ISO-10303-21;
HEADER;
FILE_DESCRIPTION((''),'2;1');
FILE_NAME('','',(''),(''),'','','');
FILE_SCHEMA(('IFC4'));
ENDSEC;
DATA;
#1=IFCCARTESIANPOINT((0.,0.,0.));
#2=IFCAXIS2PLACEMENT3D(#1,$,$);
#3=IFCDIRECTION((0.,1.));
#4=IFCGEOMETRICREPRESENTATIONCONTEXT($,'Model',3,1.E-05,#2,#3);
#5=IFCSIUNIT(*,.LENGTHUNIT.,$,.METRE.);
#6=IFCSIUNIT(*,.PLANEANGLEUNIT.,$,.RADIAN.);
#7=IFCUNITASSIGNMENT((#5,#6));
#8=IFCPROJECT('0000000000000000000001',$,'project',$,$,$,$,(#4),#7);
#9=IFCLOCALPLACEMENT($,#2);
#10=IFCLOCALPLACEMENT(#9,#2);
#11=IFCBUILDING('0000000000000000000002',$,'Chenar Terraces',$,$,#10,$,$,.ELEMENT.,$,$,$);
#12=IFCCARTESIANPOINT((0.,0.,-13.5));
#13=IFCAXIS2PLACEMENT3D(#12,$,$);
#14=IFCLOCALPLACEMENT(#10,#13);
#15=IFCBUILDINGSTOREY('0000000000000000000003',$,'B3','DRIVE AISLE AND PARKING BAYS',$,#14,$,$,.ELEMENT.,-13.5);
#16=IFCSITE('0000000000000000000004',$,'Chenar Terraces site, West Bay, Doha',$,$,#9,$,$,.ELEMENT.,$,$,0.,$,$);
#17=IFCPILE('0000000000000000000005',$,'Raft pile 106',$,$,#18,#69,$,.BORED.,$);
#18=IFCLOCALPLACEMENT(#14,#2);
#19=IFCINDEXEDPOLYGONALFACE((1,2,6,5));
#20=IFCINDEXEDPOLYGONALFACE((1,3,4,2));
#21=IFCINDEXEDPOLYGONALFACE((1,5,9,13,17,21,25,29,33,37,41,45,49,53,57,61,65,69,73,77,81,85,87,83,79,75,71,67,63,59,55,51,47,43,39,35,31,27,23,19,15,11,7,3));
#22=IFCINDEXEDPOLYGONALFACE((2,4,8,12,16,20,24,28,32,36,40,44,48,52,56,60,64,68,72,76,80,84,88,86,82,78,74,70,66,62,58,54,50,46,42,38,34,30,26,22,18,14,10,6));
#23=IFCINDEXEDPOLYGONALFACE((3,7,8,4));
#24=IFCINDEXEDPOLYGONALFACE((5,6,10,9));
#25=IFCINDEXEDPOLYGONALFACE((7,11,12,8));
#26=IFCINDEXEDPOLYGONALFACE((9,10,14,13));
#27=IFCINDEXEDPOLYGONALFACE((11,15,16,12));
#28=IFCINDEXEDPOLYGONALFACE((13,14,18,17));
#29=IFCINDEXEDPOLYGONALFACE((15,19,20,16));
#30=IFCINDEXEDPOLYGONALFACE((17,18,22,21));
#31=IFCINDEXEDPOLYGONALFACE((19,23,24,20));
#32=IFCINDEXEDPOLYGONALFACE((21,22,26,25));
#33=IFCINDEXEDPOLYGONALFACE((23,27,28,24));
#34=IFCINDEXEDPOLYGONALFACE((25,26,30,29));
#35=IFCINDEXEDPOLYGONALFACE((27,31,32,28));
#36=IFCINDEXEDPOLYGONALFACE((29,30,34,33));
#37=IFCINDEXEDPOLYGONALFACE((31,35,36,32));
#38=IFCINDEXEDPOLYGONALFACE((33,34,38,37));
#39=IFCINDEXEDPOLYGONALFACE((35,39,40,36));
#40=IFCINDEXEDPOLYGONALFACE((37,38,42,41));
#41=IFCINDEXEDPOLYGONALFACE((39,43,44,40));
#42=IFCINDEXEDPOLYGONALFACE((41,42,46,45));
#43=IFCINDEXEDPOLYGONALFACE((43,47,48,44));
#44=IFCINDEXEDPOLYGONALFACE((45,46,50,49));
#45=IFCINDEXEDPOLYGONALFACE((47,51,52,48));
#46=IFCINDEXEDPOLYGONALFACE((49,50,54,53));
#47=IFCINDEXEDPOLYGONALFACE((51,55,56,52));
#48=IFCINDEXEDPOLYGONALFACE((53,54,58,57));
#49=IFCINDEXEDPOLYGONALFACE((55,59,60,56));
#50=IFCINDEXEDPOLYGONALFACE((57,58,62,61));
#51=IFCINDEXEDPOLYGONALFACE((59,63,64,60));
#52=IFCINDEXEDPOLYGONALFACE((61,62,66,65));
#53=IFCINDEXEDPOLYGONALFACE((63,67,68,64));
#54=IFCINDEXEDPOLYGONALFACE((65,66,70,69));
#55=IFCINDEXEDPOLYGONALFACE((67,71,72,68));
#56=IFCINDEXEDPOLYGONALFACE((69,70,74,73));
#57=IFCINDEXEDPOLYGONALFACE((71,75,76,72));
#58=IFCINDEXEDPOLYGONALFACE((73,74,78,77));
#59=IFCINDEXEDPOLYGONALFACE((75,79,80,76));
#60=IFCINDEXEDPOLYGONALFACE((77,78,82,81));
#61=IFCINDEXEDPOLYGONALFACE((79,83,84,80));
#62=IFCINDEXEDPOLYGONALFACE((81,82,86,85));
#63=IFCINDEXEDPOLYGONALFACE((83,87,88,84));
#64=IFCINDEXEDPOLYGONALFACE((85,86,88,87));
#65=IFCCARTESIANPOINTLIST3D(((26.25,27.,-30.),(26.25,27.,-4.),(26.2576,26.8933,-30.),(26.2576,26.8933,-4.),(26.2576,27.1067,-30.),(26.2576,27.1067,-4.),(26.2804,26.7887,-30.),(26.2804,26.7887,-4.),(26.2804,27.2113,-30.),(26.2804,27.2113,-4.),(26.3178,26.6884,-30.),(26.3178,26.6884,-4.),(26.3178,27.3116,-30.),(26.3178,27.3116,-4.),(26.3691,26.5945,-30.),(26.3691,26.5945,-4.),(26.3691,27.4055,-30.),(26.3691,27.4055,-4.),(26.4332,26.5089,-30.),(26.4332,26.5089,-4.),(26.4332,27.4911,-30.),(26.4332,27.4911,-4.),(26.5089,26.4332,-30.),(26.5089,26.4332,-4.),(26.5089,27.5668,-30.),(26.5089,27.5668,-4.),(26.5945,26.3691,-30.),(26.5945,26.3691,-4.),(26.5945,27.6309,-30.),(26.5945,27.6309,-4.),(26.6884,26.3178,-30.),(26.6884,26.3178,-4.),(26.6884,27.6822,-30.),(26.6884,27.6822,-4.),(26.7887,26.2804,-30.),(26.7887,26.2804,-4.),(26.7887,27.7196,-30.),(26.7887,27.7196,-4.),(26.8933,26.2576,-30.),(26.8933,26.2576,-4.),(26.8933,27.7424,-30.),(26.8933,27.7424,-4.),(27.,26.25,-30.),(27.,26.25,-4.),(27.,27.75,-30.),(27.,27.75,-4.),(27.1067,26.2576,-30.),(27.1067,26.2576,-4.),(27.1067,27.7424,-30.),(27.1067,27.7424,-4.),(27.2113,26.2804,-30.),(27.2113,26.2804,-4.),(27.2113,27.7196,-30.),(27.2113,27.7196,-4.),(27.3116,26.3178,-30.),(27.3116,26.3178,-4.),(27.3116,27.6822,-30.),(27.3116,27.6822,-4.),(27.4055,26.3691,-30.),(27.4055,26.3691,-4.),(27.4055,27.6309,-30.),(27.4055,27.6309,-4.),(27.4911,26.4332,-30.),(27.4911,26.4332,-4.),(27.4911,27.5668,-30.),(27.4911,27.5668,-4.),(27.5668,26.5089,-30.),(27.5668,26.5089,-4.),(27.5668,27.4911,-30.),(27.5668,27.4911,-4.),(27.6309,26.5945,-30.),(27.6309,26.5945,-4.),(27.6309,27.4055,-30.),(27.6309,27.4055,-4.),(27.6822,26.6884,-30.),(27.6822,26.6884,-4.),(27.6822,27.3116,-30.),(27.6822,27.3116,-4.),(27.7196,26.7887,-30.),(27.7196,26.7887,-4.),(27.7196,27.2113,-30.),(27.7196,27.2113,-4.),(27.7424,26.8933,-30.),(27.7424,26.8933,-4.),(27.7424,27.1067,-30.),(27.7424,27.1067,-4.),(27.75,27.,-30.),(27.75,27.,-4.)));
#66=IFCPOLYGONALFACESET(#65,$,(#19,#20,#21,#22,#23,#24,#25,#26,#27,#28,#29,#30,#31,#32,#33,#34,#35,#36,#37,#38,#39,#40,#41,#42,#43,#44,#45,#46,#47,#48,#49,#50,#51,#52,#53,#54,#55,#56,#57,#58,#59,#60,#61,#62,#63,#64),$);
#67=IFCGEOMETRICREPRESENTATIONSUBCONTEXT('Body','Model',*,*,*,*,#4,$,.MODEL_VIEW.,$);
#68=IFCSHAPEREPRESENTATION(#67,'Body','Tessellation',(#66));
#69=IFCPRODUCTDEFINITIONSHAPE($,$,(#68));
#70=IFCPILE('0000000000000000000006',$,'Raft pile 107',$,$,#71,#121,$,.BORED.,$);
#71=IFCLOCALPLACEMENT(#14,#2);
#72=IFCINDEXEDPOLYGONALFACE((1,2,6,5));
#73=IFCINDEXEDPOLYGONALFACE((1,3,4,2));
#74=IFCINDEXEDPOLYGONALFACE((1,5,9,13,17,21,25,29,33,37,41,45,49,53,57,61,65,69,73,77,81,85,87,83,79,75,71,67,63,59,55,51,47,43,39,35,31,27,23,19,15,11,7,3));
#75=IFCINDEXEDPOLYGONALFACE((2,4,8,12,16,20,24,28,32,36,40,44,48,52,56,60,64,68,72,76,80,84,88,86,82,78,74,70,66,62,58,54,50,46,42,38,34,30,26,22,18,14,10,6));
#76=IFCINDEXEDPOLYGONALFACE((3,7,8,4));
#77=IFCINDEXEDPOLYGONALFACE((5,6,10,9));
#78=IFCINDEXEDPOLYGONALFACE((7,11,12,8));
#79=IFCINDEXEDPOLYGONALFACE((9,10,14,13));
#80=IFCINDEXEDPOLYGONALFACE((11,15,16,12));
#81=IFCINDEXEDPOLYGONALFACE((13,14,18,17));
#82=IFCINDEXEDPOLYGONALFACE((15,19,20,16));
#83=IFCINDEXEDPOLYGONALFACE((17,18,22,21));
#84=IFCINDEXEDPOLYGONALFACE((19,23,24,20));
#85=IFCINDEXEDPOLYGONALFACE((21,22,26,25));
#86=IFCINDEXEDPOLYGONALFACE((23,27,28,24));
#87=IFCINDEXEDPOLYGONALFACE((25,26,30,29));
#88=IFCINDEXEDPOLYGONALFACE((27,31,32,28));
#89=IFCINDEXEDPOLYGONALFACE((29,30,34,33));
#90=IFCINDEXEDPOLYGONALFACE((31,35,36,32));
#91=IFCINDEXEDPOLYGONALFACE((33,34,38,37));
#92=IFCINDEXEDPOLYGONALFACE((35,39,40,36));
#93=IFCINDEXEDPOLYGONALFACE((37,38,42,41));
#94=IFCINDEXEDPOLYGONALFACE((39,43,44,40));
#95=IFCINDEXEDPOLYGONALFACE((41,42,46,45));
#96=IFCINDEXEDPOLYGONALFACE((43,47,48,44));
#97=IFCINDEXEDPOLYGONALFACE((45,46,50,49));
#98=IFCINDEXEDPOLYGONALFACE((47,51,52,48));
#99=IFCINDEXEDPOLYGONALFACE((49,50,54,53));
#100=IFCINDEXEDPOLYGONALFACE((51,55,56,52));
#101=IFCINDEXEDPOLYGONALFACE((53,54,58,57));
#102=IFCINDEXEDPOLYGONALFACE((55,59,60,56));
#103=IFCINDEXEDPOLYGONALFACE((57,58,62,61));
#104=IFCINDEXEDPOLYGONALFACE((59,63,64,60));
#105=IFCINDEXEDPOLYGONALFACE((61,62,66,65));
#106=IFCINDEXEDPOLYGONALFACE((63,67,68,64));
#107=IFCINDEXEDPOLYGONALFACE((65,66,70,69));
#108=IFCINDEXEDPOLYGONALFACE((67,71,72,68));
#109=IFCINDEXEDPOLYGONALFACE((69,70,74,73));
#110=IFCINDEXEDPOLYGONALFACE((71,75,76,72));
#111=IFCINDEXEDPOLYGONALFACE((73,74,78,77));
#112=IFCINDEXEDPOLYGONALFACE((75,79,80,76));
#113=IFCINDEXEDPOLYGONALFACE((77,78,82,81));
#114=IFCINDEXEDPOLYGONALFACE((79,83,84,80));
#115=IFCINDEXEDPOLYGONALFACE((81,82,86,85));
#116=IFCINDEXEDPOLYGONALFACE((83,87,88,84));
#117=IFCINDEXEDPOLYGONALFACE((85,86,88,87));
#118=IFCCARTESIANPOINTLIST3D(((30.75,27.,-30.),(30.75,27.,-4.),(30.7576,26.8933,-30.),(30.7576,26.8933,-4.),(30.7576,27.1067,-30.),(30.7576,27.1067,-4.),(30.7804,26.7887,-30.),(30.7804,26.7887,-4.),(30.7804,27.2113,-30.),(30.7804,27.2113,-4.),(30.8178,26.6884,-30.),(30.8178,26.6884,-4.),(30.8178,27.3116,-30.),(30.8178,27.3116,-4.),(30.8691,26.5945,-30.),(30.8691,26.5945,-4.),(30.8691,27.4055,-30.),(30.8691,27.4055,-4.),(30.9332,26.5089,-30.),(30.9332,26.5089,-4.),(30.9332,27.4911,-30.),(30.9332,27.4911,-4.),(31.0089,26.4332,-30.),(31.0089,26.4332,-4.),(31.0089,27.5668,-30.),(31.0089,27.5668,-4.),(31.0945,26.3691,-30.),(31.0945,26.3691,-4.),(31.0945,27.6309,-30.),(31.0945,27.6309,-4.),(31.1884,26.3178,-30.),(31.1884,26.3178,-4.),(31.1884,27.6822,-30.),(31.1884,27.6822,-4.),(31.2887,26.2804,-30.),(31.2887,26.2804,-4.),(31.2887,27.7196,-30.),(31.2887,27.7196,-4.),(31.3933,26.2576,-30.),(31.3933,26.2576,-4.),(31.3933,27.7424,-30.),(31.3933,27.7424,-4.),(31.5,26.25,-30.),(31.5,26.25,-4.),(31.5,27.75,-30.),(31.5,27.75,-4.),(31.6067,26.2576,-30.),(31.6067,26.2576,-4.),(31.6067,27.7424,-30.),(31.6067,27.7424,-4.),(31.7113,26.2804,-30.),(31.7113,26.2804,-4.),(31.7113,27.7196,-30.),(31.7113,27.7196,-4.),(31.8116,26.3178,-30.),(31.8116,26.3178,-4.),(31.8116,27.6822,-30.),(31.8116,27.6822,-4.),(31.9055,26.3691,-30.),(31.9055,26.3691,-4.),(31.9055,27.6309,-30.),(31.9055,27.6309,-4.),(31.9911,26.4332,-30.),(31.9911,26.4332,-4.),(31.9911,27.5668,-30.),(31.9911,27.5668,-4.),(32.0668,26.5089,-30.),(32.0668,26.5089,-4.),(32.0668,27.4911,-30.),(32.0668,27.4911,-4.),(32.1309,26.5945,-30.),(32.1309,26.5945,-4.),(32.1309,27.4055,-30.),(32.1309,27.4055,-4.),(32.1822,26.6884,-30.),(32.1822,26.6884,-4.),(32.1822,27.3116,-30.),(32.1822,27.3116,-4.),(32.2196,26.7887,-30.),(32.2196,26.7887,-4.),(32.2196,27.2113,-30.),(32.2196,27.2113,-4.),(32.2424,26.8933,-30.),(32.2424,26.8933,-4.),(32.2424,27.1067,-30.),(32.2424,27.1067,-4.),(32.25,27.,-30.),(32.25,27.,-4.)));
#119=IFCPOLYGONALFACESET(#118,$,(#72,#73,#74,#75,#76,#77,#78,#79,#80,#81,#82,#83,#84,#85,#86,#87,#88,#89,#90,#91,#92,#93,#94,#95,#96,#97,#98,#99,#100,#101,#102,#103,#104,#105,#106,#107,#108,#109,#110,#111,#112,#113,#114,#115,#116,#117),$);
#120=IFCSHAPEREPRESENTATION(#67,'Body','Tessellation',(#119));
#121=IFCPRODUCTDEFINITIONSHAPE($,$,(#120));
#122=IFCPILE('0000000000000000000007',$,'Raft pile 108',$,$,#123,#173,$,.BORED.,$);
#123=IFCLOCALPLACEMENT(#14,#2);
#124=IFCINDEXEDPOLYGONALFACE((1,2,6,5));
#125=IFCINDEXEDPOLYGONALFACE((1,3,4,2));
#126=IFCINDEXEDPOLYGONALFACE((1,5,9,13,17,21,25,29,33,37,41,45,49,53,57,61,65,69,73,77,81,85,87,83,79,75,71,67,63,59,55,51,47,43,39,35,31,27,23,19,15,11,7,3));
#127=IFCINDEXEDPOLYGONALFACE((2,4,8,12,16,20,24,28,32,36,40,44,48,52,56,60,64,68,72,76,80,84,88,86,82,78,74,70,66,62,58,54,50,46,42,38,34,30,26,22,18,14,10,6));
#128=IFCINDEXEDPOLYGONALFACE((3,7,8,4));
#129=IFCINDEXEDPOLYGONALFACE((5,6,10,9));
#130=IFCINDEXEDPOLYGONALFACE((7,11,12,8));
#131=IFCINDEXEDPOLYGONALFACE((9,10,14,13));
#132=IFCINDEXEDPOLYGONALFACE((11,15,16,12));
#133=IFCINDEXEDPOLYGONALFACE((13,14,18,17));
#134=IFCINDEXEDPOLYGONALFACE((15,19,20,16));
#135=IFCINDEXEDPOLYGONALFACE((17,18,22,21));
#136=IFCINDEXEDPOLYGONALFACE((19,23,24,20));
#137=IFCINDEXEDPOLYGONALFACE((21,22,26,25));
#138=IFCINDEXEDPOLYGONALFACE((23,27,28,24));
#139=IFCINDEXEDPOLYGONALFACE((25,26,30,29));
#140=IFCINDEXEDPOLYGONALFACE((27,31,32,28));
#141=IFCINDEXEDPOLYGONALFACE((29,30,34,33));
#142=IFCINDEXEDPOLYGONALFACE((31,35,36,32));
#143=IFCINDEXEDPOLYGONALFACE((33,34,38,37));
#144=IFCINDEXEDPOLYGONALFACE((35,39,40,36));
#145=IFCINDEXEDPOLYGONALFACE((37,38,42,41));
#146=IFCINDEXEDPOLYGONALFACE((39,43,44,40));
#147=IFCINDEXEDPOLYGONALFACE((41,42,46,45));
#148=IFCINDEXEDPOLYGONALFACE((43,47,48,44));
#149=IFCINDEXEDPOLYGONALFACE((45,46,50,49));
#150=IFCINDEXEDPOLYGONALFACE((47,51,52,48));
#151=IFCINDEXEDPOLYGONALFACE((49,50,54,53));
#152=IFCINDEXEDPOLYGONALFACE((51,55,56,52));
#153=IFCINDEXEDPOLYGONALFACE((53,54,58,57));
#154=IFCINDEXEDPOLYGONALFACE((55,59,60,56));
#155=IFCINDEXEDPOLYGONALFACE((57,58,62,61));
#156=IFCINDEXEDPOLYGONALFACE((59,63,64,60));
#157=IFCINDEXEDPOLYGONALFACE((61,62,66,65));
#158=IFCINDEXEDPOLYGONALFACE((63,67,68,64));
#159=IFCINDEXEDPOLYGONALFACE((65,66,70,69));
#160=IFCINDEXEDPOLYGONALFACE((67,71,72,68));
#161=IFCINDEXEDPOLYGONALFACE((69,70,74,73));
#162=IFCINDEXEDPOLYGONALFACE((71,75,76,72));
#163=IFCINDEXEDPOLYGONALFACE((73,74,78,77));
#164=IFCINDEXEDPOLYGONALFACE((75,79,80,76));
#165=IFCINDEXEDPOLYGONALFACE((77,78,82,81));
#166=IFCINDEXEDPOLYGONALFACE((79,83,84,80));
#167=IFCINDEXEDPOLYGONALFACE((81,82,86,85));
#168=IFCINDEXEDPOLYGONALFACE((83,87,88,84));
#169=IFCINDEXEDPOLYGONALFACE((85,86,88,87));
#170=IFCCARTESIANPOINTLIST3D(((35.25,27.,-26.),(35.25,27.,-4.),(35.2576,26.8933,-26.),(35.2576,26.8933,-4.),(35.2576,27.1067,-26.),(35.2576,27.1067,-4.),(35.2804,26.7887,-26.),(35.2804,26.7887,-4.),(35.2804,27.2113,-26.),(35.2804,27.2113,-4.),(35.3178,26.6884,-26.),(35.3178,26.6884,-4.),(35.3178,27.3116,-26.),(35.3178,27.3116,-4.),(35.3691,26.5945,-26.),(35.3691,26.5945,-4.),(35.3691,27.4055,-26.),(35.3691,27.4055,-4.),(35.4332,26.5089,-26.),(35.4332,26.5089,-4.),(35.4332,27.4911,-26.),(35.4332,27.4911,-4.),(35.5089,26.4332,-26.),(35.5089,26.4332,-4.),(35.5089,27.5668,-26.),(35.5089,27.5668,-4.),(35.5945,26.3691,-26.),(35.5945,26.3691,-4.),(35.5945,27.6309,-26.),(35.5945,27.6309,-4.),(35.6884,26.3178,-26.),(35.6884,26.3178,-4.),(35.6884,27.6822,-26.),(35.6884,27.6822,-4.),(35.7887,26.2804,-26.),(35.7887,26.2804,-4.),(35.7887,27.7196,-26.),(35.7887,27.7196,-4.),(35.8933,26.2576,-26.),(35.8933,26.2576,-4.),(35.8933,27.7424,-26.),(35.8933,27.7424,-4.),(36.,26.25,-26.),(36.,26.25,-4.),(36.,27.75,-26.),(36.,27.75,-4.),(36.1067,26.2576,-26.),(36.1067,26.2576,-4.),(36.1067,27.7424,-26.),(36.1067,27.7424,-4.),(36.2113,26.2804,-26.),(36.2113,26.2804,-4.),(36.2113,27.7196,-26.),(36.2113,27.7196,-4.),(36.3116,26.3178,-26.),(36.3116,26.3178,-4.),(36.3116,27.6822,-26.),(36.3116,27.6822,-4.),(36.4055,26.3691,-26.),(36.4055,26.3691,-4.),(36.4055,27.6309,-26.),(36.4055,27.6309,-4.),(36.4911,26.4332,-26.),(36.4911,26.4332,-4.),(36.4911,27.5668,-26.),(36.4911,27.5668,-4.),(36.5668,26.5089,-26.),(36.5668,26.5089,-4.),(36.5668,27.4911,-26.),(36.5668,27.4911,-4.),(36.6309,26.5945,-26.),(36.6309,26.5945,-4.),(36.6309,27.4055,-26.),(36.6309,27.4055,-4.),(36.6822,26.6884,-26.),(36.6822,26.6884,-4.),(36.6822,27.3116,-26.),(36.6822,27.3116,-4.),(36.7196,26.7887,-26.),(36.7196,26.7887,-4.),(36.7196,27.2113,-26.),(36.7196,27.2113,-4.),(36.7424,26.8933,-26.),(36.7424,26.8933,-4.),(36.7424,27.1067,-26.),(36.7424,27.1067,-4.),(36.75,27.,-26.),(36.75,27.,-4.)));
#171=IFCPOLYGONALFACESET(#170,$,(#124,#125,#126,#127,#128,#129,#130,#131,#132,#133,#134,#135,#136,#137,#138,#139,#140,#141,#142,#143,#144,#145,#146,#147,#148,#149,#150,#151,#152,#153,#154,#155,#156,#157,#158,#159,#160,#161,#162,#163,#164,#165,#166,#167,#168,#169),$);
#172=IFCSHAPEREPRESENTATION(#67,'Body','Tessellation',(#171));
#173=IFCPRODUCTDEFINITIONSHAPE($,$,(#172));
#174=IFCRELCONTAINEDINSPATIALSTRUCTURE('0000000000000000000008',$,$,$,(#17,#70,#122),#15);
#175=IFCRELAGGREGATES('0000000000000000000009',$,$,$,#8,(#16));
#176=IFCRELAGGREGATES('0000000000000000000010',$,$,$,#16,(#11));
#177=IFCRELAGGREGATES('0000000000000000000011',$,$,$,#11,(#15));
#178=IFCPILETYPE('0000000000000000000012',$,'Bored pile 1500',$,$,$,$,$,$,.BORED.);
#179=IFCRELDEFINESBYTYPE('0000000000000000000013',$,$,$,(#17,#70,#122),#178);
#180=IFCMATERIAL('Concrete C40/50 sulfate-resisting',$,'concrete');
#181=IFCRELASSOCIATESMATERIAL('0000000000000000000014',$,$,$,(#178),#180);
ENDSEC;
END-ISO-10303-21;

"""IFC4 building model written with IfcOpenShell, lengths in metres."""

from ifc_helpers import new_model, si_unit, direction, frame, origin, origin_2d, place, context, subcontext, project, spatial, circle, extrude, material, material_profile, profile_set, type_object, element, save


model = new_model("IFC4")

# Units and contexts
model_context = context("Model", 3, precision=1e-05, world=origin(), true_north=direction((0.0, 1.0)))
body_context = subcontext(model_context, "Body", "Model", "MODEL_VIEW")
ifc_project = project(units=[si_unit("LENGTHUNIT", "METRE"), si_unit("PLANEANGLEUNIT", "RADIAN")], contexts=[model_context])

# Site, building, storey
site_placement = place(None, origin())
site = spatial("IfcSite", under=ifc_project, at=site_placement, Name="Chenar Terraces site, West Bay, Doha", CompositionType="ELEMENT", RefElevation=0.0)
building_placement = place(site_placement, origin())
building = spatial("IfcBuilding", under=site, at=building_placement, Name="Chenar Terraces", CompositionType="ELEMENT")
storey_placement = place(building_placement, frame((0.0, 0.0, -13.5)))
storey = spatial("IfcBuildingStorey", under=building, at=storey_placement, Name="B3", Description="DRIVE AISLE AND PARKING BAYS", CompositionType="ELEMENT", Elevation=-13.5)

# Piles
ifc_material_1 = material(Name="Concrete C40/50 sulfate-resisting", Category="concrete")
ifc_material_profile_1 = material_profile(ifc_material_1, circle(Radius=0.75, at=origin_2d()), Name="BP 1500")
ifc_profile_set_1 = profile_set([ifc_material_profile_1], Name="Concrete C40/50 sulfate-resisting")
pile_type_1 = type_object("IfcPileType", Name="Bored pile 1500", PredefinedType="BORED", material=ifc_profile_set_1)
for number, where, z_axis, x_axis, name in (
    (1, (27.0, 27.0, -4.0), (0.0, 0.0, -1.0), (1.0, 0.0, 0.0), "Raft pile 106"),
    (2, (31.5, 27.0, -4.0), (0.0, 0.0, -1.0), (1.0, 0.0, 0.0), "Raft pile 107"),
):
    element("IfcPile", number, at=place(storey_placement, frame(where, z_axis=z_axis, x_axis=x_axis)), inside=storey, type_object=pile_type_1, Name=name, PredefinedType="BORED", context=body_context, shape_type="SweptSolid", body=[
        extrude(circle(Radius=0.75, at=origin_2d()), origin(), (0.0, 0.0, 1.0), 26.0),
    ])
pile_placement = place(storey_placement, frame((36.0, 27.0, -4.0), z_axis=(0.0, 0.0, -1.0), x_axis=(1.0, 0.0, 0.0)))
element("IfcPile", 3, at=pile_placement, inside=storey, type_object=pile_type_1, Name="Raft pile 108", PredefinedType="BORED", context=body_context, shape_type="SweptSolid", body=[
    extrude(circle(Radius=0.75, at=origin_2d()), origin(), (0.0, 0.0, 1.0), 22.0),
])

save(model, "model.ifc")
